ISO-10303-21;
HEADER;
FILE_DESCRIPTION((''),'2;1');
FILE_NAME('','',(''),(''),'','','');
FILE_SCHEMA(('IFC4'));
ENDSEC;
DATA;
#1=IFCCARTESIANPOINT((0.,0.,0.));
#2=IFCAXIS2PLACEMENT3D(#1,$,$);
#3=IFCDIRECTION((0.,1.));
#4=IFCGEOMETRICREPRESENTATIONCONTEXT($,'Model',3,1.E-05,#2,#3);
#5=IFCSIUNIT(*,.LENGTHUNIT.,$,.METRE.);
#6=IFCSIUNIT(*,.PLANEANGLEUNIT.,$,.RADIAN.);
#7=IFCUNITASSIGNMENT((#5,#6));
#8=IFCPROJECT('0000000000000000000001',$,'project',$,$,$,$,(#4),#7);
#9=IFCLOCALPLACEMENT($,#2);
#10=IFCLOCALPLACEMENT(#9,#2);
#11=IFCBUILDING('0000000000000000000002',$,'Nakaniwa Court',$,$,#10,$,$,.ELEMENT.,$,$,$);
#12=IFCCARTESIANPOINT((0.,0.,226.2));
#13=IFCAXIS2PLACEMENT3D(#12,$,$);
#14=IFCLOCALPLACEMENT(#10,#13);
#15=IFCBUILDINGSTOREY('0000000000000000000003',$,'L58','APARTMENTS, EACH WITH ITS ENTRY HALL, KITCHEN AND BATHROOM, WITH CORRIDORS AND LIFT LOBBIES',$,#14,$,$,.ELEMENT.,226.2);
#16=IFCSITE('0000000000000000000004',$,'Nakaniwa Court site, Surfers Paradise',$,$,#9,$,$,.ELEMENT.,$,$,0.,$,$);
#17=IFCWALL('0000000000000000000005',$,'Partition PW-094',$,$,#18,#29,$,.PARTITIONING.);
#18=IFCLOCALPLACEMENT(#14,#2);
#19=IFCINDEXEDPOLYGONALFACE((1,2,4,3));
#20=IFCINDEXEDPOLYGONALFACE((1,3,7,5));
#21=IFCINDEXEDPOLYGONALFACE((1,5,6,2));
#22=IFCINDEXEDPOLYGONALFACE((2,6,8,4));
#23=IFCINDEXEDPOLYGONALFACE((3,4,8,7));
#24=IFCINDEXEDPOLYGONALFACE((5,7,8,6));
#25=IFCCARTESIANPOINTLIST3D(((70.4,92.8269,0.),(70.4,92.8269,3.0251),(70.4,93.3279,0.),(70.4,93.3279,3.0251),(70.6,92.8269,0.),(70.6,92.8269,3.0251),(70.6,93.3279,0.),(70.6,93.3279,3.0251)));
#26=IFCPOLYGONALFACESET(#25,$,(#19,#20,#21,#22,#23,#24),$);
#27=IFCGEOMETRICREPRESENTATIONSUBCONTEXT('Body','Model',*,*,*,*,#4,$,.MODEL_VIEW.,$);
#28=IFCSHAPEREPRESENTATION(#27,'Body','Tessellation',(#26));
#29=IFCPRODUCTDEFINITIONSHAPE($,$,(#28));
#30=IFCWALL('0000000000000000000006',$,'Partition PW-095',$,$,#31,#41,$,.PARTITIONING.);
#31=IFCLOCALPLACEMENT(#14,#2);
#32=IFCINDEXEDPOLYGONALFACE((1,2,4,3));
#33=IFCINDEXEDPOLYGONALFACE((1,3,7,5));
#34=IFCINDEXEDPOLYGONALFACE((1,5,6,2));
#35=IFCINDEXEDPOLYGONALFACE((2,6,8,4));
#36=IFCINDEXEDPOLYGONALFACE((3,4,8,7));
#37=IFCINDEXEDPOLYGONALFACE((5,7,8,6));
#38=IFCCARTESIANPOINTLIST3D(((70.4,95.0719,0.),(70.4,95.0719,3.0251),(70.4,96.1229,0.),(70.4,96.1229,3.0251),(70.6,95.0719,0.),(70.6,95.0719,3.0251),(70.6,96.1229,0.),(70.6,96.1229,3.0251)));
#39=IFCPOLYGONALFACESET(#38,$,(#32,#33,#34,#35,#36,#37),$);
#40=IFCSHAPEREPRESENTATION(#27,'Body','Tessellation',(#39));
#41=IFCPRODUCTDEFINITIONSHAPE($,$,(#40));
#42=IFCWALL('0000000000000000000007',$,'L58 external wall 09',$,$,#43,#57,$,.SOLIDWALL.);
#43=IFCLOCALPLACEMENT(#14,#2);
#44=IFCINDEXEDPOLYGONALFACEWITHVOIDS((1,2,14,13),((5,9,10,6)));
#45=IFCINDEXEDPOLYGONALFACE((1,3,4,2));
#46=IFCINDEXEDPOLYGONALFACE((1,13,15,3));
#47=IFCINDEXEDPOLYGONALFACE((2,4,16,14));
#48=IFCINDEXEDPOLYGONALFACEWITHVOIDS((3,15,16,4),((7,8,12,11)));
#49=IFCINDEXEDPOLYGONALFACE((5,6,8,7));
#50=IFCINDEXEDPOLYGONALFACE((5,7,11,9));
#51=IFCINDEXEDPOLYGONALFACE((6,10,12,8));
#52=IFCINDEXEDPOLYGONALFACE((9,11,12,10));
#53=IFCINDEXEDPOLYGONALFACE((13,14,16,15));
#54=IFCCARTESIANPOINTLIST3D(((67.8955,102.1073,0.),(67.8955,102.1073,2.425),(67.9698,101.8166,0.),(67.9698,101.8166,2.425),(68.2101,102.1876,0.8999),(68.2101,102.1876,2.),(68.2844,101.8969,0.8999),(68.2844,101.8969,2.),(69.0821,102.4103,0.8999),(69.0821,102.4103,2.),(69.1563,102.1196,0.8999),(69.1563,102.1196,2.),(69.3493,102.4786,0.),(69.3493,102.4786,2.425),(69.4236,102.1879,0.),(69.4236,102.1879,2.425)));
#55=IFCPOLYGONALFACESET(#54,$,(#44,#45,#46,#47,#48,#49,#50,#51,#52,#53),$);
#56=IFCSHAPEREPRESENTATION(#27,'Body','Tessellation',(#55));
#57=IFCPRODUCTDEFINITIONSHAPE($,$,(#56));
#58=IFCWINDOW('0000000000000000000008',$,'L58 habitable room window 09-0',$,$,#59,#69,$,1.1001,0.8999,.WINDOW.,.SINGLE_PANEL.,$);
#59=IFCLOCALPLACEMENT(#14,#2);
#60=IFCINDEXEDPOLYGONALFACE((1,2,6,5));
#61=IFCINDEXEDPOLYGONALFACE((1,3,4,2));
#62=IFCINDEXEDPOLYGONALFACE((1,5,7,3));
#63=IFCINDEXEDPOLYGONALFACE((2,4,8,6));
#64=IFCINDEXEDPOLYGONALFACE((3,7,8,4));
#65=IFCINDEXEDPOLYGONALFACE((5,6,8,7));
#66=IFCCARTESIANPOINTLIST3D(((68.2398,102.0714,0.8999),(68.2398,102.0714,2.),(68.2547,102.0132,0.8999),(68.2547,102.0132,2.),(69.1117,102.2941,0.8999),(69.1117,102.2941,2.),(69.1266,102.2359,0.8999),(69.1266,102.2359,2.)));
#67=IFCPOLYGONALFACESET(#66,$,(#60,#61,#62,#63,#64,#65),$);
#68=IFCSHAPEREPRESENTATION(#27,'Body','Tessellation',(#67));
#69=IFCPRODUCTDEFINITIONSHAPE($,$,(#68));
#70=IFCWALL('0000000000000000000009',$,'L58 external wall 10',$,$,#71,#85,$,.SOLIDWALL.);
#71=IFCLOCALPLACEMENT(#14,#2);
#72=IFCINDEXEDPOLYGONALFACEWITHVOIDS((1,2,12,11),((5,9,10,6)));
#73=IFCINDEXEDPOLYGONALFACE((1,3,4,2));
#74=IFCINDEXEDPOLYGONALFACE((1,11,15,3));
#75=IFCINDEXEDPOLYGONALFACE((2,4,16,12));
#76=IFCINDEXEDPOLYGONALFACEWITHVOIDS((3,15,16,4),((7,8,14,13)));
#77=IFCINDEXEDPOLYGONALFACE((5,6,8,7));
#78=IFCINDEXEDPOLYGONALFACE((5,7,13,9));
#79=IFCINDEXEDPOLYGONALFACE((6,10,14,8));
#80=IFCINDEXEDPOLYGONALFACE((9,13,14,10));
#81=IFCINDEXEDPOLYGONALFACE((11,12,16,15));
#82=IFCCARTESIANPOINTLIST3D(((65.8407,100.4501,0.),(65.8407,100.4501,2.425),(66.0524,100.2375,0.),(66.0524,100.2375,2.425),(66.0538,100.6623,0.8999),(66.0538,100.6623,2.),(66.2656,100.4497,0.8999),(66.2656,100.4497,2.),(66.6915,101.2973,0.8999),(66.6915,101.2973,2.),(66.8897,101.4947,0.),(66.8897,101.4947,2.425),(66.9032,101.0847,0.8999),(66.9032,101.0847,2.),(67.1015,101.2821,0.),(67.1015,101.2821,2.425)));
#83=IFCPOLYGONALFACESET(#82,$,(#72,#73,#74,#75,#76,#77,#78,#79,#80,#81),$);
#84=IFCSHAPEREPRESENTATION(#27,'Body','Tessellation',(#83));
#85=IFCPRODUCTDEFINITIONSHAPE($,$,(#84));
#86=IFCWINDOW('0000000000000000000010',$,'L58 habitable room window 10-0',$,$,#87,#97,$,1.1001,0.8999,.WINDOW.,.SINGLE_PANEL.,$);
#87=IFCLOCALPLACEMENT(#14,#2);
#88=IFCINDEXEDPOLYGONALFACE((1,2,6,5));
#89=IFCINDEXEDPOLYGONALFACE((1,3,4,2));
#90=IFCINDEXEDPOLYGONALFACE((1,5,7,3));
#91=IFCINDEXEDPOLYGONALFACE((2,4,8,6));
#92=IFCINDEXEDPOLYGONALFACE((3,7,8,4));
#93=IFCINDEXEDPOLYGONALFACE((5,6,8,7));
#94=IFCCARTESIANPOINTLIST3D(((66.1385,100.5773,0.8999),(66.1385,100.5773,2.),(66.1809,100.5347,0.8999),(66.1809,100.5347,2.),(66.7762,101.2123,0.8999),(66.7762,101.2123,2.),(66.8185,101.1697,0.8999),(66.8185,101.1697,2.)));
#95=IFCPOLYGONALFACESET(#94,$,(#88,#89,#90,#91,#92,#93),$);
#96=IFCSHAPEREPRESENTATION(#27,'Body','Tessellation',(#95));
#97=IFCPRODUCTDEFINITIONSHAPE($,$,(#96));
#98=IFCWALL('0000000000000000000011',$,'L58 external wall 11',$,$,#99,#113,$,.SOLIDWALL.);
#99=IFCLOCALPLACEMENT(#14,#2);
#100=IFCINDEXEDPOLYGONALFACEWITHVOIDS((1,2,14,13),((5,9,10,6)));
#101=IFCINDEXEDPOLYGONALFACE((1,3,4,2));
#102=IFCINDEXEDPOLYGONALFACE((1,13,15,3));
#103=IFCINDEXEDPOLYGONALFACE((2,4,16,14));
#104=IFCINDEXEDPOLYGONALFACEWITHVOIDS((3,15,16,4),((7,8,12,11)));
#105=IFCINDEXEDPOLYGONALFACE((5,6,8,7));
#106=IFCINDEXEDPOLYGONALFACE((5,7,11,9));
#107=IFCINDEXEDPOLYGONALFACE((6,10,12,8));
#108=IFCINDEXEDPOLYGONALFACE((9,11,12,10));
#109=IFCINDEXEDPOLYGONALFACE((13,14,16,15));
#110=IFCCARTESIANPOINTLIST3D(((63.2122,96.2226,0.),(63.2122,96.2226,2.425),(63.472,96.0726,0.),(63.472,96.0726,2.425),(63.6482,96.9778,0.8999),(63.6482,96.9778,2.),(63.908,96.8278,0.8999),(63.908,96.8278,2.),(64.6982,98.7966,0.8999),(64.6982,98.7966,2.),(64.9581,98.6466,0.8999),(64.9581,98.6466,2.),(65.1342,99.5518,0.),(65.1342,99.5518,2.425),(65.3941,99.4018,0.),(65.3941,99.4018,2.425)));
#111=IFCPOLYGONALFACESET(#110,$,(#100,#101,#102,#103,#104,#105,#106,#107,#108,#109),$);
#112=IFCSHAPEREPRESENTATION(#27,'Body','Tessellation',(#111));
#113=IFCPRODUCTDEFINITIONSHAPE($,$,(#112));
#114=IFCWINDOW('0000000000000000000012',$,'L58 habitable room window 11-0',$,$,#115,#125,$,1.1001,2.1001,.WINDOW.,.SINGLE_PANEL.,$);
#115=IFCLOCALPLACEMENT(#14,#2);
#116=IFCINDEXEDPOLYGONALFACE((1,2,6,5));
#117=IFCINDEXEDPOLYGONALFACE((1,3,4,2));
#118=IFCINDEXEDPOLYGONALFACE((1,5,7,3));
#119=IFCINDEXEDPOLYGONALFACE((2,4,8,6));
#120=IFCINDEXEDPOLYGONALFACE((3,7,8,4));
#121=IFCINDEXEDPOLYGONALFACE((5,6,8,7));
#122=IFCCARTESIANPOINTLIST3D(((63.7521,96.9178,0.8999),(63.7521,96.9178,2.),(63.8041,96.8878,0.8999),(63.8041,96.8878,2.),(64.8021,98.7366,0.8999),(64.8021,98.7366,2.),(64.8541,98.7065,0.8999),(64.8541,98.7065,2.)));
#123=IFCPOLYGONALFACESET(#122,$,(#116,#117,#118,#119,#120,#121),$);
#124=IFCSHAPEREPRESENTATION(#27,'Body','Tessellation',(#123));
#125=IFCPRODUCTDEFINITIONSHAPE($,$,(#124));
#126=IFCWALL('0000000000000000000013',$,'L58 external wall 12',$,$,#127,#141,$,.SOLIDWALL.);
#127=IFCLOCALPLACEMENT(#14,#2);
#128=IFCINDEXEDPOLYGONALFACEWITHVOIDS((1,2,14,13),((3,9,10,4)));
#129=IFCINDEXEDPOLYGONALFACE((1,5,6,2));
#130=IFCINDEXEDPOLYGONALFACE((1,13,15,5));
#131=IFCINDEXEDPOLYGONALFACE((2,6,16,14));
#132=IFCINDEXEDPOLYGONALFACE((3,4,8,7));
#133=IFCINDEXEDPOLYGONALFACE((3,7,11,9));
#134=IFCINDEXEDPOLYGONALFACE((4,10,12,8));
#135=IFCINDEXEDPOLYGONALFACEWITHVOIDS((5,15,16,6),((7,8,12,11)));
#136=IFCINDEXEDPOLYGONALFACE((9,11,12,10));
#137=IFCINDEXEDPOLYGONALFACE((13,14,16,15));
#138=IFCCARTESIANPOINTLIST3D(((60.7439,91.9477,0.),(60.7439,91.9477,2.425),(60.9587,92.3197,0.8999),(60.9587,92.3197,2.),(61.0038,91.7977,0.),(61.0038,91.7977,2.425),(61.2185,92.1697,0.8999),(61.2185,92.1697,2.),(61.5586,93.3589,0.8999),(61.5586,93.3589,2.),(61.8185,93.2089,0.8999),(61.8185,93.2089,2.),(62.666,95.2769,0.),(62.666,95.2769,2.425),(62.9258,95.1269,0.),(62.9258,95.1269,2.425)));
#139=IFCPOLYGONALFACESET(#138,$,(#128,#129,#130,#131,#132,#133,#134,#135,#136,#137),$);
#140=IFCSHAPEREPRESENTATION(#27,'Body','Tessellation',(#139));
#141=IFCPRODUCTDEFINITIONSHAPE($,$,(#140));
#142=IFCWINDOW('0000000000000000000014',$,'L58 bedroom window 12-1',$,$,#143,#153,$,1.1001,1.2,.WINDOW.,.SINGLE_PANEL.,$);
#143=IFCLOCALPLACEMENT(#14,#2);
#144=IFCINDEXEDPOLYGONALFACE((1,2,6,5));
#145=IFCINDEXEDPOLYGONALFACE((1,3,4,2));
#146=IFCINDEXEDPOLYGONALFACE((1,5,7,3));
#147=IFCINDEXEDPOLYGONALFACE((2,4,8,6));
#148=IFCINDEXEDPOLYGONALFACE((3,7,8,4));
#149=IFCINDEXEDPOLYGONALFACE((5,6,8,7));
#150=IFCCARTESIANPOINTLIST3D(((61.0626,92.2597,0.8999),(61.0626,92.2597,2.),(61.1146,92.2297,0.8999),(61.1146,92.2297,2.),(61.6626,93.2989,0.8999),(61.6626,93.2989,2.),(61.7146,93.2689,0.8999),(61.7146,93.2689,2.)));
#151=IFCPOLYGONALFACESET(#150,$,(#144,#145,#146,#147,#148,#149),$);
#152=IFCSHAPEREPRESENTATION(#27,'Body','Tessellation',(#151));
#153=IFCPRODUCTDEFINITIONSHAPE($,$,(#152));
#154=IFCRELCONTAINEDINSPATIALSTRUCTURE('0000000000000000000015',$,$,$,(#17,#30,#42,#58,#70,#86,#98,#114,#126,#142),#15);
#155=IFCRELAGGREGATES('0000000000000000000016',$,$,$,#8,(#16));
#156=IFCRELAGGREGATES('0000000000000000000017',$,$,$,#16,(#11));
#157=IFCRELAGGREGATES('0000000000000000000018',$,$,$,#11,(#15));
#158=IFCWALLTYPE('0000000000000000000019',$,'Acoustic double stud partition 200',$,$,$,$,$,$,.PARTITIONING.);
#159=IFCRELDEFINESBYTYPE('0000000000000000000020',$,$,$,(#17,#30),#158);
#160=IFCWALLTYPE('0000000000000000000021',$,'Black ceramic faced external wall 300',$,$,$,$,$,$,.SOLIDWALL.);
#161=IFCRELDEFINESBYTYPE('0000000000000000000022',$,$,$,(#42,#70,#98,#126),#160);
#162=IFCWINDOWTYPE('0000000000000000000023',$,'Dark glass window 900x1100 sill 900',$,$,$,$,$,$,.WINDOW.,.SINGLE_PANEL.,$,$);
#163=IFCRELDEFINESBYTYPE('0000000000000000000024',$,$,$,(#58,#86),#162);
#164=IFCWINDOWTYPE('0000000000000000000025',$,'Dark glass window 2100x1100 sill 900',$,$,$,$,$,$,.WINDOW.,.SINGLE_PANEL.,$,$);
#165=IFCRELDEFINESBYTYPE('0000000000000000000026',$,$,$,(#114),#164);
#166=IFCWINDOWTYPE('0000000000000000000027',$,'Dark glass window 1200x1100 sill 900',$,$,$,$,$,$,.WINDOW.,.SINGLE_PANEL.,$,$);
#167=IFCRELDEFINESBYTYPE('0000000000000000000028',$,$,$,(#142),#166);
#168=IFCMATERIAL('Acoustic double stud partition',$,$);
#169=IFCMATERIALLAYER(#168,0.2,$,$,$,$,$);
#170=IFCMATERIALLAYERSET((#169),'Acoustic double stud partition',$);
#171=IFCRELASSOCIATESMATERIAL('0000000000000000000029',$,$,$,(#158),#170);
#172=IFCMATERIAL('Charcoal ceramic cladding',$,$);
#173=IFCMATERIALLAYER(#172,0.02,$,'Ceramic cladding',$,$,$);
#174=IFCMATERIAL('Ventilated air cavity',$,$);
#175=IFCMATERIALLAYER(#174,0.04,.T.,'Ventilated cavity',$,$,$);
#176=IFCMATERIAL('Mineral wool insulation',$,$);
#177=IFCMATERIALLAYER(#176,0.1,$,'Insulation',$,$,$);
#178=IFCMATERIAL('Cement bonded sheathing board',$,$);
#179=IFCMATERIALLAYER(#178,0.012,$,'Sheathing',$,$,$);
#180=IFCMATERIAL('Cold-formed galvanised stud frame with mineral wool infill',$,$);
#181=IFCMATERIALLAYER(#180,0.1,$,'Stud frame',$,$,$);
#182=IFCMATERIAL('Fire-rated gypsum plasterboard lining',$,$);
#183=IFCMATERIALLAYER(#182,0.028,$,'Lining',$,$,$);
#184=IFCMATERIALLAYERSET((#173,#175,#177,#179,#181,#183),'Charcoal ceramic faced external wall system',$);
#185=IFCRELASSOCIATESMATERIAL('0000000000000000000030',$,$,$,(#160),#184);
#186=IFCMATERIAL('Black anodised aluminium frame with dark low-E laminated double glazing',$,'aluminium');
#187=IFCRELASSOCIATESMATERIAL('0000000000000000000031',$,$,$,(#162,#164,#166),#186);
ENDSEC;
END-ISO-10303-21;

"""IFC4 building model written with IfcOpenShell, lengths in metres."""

from ifc_helpers import new_model, si_unit, direction, frame, frame_2d, origin, place, context, subcontext, project, spatial, rectangle, extrude, material, layer, layer_set, type_object, element, fill, save


model = new_model("IFC4")

# Units and contexts
model_context = context("Model", 3, precision=1e-05, world=origin(), true_north=direction((0.0, 1.0)))
body_context = subcontext(model_context, "Body", "Model", "MODEL_VIEW")
ifc_project = project(units=[si_unit("LENGTHUNIT", "METRE"), si_unit("PLANEANGLEUNIT", "RADIAN")], contexts=[model_context])

# Site, building, storey
site_placement = place(None, origin())
site = spatial("IfcSite", under=ifc_project, at=site_placement, Name="Nakaniwa Court site, Surfers Paradise", CompositionType="ELEMENT", RefElevation=0.0)
building_placement = place(site_placement, origin())
building = spatial("IfcBuilding", under=site, at=building_placement, Name="Nakaniwa Court", CompositionType="ELEMENT")
storey_placement = place(building_placement, frame((0.0, 0.0, 226.2)))
storey = spatial("IfcBuildingStorey", under=building, at=storey_placement, Name="L58", Description="APARTMENTS, EACH WITH ITS ENTRY HALL, KITCHEN AND BATHROOM, WITH CORRIDORS AND LIFT LOBBIES", CompositionType="ELEMENT", Elevation=226.2)

# Walls
ifc_material_1 = material(Name="Acoustic double stud partition")
ifc_layer_1 = layer(ifc_material_1, 0.2)
ifc_layer_set_1 = layer_set([ifc_layer_1], Name="Acoustic double stud partition")
wall_type_1 = type_object("IfcWallType", Name="Acoustic double stud partition 200", PredefinedType="PARTITIONING", material=ifc_layer_set_1)
wall_1_placement = place(storey_placement, frame((70.5, 92.8269, 0.0), z_axis=(0.0, 0.0, 1.0), x_axis=(0.0, 1.0, 0.0)))
element("IfcWall", 1, at=wall_1_placement, inside=storey, type_object=wall_type_1, Name="Partition PW-094", PredefinedType="PARTITIONING", context=body_context, shape_type="SweptSolid", body=[
    extrude(rectangle(XDim=0.501, YDim=0.2, at=frame_2d((0.2505, 0.0))), origin(), (0.0, 0.0, 1.0), 3.0251),
])
wall_2_placement = place(storey_placement, frame((70.5, 95.072, 0.0), z_axis=(0.0, 0.0, 1.0), x_axis=(0.0, 1.0, 0.0)))
element("IfcWall", 2, at=wall_2_placement, inside=storey, type_object=wall_type_1, Name="Partition PW-095", PredefinedType="PARTITIONING", context=body_context, shape_type="SweptSolid", body=[
    extrude(rectangle(XDim=1.051, YDim=0.2, at=frame_2d((0.5254, 0.0))), origin(), (0.0, 0.0, 1.0), 3.0251),
])

# Walls, openings, windows
ifc_material_2 = material(Name="Charcoal ceramic cladding")
ifc_layer_2 = layer(ifc_material_2, 0.02, Name="Ceramic cladding")
ifc_material_3 = material(Name="Ventilated air cavity")
ifc_layer_3 = layer(ifc_material_3, 0.04, ventilated=True, Name="Ventilated cavity")
ifc_material_4 = material(Name="Mineral wool insulation")
ifc_layer_4 = layer(ifc_material_4, 0.1, Name="Insulation")
ifc_material_5 = material(Name="Cement bonded sheathing board")
ifc_layer_5 = layer(ifc_material_5, 0.012, Name="Sheathing")
ifc_material_6 = material(Name="Cold-formed galvanised stud frame with mineral wool infill")
ifc_layer_6 = layer(ifc_material_6, 0.1, Name="Stud frame")
ifc_material_7 = material(Name="Fire-rated gypsum plasterboard lining")
ifc_layer_7 = layer(ifc_material_7, 0.028, Name="Lining")
ifc_layer_set_2 = layer_set([ifc_layer_2, ifc_layer_3, ifc_layer_4, ifc_layer_5, ifc_layer_6, ifc_layer_7], Name="Charcoal ceramic faced external wall system")
wall_type_2 = type_object("IfcWallType", Name="Black ceramic faced external wall 300", PredefinedType="SOLIDWALL", material=ifc_layer_set_2)
wall_3_placement = place(storey_placement, frame((69.3865, 102.3333, 0.0), z_axis=(0.0, 0.0, 1.0), x_axis=(-0.968895, -0.247471, 0.0)))
wall_3 = element("IfcWall", 3, at=wall_3_placement, inside=storey, type_object=wall_type_2, Name="L58 external wall 09", PredefinedType="SOLIDWALL", context=body_context, shape_type="SweptSolid", body=[
    extrude(rectangle(XDim=1.5005, YDim=0.3, at=frame_2d((0.7502, 0.0))), origin(), (0.0, 0.0, 1.0), 2.425),
])
opening_1_placement = place(wall_3_placement, frame((0.2759, 0.0, 0.8999)))
opening_1 = element("IfcOpeningElement", 4, at=opening_1_placement, cuts=wall_3, PredefinedType="OPENING", context=body_context, shape_type="SweptSolid", body=[
    extrude(rectangle(XDim=0.8999, YDim=1.1001, at=frame_2d((0.45, 0.55))), frame((0.0, 0.1599, 0.0), z_axis=(0.0, -1.0, 0.0), x_axis=(1.0, 0.0, 0.0)), (0.0, 0.0, 1.0), 0.3201),
])
ifc_material_8 = material(Name="Black anodised aluminium frame with dark low-E laminated double glazing", Category="aluminium")
window_type_1 = type_object("IfcWindowType", Name="Dark glass window 900x1100 sill 900", PartitioningType="SINGLE_PANEL", PredefinedType="WINDOW", material=ifc_material_8)
window_1_placement = place(opening_1_placement, origin())
window_1 = element("IfcWindow", 5, at=window_1_placement, inside=storey, type_object=window_type_1, Name="L58 habitable room window 09-0", OverallHeight=1.1001, OverallWidth=0.8999, PartitioningType="SINGLE_PANEL", PredefinedType="WINDOW", context=body_context, shape_type="SweptSolid", body=[
    extrude(rectangle(XDim=0.8999, YDim=1.1001, at=frame_2d((0.45, 0.55))), frame((0.0, 0.03, 0.0), z_axis=(0.0, -1.0, 0.0), x_axis=(1.0, 0.0, 0.0)), (0.0, 0.0, 1.0), 0.0601),
])
fill(opening_1, window_1)
wall_4_placement = place(storey_placement, frame((66.9956, 101.3884, 0.0), z_axis=(0.0, 0.0, 1.0), x_axis=(-0.708589, -0.705621, 0.0)))
wall_4 = element("IfcWall", 6, at=wall_4_placement, inside=storey, type_object=wall_type_2, Name="L58 external wall 10", PredefinedType="SOLIDWALL", context=body_context, shape_type="SweptSolid", body=[
    extrude(rectangle(XDim=1.4805, YDim=0.3, at=frame_2d((0.7402, 0.0))), origin(), (0.0, 0.0, 1.0), 2.425),
])
opening_2_placement = place(wall_4_placement, frame((0.2798, 0.0, 0.8999)))
opening_2 = element("IfcOpeningElement", 7, at=opening_2_placement, cuts=wall_4, PredefinedType="OPENING", context=body_context, shape_type="SweptSolid", body=[
    extrude(rectangle(XDim=0.8999, YDim=1.1001, at=frame_2d((0.45, 0.55))), frame((0.0, 0.1599, 0.0), z_axis=(0.0, -1.0, 0.0), x_axis=(1.0, 0.0, 0.0)), (0.0, 0.0, 1.0), 0.3201),
])
window_2_placement = place(opening_2_placement, origin())
window_2 = element("IfcWindow", 8, at=window_2_placement, inside=storey, type_object=window_type_1, Name="L58 habitable room window 10-0", OverallHeight=1.1001, OverallWidth=0.8999, PartitioningType="SINGLE_PANEL", PredefinedType="WINDOW", context=body_context, shape_type="SweptSolid", body=[
    extrude(rectangle(XDim=0.8999, YDim=1.1001, at=frame_2d((0.45, 0.55))), frame((0.0, 0.03, 0.0), z_axis=(0.0, -1.0, 0.0), x_axis=(1.0, 0.0, 0.0)), (0.0, 0.0, 1.0), 0.0601),
])
fill(opening_2, window_2)
wall_5_placement = place(storey_placement, frame((65.2642, 99.4768, 0.0), z_axis=(0.0, 0.0, 1.0), x_axis=(-0.499984, -0.866034, 0.0)))
wall_5 = element("IfcWall", 9, at=wall_5_placement, inside=storey, type_object=wall_type_2, Name="L58 external wall 11", PredefinedType="SOLIDWALL", context=body_context, shape_type="SweptSolid", body=[
    extrude(rectangle(XDim=3.8442, YDim=0.3, at=frame_2d((1.9221, 0.0))), origin(), (0.0, 0.0, 1.0), 2.425),
])
opening_3_placement = place(wall_5_placement, frame((0.8721, 0.0, 0.8999)))
opening_3 = element("IfcOpeningElement", 10, at=opening_3_placement, cuts=wall_5, PredefinedType="OPENING", context=body_context, shape_type="SweptSolid", body=[
    extrude(rectangle(XDim=2.1001, YDim=1.1001, at=frame_2d((1.05, 0.55))), frame((0.0, 0.1599, 0.0), z_axis=(0.0, -1.0, 0.0), x_axis=(1.0, 0.0, 0.0)), (0.0, 0.0, 1.0), 0.3201),
])
window_type_2 = type_object("IfcWindowType", Name="Dark glass window 2100x1100 sill 900", PartitioningType="SINGLE_PANEL", PredefinedType="WINDOW", material=ifc_material_8)
window_3_placement = place(opening_3_placement, origin())
window_3 = element("IfcWindow", 11, at=window_3_placement, inside=storey, type_object=window_type_2, Name="L58 habitable room window 11-0", OverallHeight=1.1001, OverallWidth=2.1001, PartitioningType="SINGLE_PANEL", PredefinedType="WINDOW", context=body_context, shape_type="SweptSolid", body=[
    extrude(rectangle(XDim=2.1001, YDim=1.1001, at=frame_2d((1.05, 0.55))), frame((0.0, 0.03, 0.0), z_axis=(0.0, -1.0, 0.0), x_axis=(1.0, 0.0, 0.0)), (0.0, 0.0, 1.0), 0.0601),
])
fill(opening_3, window_3)
wall_6_placement = place(storey_placement, frame((62.7959, 95.2019, 0.0), z_axis=(0.0, 0.0, 1.0), x_axis=(-0.499984, -0.866034, 0.0)))
wall_6 = element("IfcWall", 12, at=wall_6_placement, inside=storey, type_object=wall_type_2, Name="L58 external wall 12", PredefinedType="SOLIDWALL", context=body_context, shape_type="SweptSolid", body=[
    extrude(rectangle(XDim=3.8442, YDim=0.3, at=frame_2d((1.9221, 0.0))), origin(), (0.0, 0.0, 1.0), 2.425),
])
opening_4_placement = place(wall_6_placement, frame((2.2146, 0.0, 0.8999)))
opening_4 = element("IfcOpeningElement", 13, at=opening_4_placement, cuts=wall_6, PredefinedType="OPENING", context=body_context, shape_type="SweptSolid", body=[
    extrude(rectangle(XDim=1.2, YDim=1.1001, at=frame_2d((0.6001, 0.55))), frame((0.0, 0.1599, 0.0), z_axis=(0.0, -1.0, 0.0), x_axis=(1.0, 0.0, 0.0)), (0.0, 0.0, 1.0), 0.3201),
])
window_type_3 = type_object("IfcWindowType", Name="Dark glass window 1200x1100 sill 900", PartitioningType="SINGLE_PANEL", PredefinedType="WINDOW", material=ifc_material_8)
window_4_placement = place(opening_4_placement, origin())
window_4 = element("IfcWindow", 14, at=window_4_placement, inside=storey, type_object=window_type_3, Name="L58 bedroom window 12-1", OverallHeight=1.1001, OverallWidth=1.2, PartitioningType="SINGLE_PANEL", PredefinedType="WINDOW", context=body_context, shape_type="SweptSolid", body=[
    extrude(rectangle(XDim=1.2, YDim=1.1001, at=frame_2d((0.6001, 0.55))), frame((0.0, 0.03, 0.0), z_axis=(0.0, -1.0, 0.0), x_axis=(1.0, 0.0, 0.0)), (0.0, 0.0, 1.0), 0.0601),
])
fill(opening_4, window_4)

save(model, "model.ifc")
